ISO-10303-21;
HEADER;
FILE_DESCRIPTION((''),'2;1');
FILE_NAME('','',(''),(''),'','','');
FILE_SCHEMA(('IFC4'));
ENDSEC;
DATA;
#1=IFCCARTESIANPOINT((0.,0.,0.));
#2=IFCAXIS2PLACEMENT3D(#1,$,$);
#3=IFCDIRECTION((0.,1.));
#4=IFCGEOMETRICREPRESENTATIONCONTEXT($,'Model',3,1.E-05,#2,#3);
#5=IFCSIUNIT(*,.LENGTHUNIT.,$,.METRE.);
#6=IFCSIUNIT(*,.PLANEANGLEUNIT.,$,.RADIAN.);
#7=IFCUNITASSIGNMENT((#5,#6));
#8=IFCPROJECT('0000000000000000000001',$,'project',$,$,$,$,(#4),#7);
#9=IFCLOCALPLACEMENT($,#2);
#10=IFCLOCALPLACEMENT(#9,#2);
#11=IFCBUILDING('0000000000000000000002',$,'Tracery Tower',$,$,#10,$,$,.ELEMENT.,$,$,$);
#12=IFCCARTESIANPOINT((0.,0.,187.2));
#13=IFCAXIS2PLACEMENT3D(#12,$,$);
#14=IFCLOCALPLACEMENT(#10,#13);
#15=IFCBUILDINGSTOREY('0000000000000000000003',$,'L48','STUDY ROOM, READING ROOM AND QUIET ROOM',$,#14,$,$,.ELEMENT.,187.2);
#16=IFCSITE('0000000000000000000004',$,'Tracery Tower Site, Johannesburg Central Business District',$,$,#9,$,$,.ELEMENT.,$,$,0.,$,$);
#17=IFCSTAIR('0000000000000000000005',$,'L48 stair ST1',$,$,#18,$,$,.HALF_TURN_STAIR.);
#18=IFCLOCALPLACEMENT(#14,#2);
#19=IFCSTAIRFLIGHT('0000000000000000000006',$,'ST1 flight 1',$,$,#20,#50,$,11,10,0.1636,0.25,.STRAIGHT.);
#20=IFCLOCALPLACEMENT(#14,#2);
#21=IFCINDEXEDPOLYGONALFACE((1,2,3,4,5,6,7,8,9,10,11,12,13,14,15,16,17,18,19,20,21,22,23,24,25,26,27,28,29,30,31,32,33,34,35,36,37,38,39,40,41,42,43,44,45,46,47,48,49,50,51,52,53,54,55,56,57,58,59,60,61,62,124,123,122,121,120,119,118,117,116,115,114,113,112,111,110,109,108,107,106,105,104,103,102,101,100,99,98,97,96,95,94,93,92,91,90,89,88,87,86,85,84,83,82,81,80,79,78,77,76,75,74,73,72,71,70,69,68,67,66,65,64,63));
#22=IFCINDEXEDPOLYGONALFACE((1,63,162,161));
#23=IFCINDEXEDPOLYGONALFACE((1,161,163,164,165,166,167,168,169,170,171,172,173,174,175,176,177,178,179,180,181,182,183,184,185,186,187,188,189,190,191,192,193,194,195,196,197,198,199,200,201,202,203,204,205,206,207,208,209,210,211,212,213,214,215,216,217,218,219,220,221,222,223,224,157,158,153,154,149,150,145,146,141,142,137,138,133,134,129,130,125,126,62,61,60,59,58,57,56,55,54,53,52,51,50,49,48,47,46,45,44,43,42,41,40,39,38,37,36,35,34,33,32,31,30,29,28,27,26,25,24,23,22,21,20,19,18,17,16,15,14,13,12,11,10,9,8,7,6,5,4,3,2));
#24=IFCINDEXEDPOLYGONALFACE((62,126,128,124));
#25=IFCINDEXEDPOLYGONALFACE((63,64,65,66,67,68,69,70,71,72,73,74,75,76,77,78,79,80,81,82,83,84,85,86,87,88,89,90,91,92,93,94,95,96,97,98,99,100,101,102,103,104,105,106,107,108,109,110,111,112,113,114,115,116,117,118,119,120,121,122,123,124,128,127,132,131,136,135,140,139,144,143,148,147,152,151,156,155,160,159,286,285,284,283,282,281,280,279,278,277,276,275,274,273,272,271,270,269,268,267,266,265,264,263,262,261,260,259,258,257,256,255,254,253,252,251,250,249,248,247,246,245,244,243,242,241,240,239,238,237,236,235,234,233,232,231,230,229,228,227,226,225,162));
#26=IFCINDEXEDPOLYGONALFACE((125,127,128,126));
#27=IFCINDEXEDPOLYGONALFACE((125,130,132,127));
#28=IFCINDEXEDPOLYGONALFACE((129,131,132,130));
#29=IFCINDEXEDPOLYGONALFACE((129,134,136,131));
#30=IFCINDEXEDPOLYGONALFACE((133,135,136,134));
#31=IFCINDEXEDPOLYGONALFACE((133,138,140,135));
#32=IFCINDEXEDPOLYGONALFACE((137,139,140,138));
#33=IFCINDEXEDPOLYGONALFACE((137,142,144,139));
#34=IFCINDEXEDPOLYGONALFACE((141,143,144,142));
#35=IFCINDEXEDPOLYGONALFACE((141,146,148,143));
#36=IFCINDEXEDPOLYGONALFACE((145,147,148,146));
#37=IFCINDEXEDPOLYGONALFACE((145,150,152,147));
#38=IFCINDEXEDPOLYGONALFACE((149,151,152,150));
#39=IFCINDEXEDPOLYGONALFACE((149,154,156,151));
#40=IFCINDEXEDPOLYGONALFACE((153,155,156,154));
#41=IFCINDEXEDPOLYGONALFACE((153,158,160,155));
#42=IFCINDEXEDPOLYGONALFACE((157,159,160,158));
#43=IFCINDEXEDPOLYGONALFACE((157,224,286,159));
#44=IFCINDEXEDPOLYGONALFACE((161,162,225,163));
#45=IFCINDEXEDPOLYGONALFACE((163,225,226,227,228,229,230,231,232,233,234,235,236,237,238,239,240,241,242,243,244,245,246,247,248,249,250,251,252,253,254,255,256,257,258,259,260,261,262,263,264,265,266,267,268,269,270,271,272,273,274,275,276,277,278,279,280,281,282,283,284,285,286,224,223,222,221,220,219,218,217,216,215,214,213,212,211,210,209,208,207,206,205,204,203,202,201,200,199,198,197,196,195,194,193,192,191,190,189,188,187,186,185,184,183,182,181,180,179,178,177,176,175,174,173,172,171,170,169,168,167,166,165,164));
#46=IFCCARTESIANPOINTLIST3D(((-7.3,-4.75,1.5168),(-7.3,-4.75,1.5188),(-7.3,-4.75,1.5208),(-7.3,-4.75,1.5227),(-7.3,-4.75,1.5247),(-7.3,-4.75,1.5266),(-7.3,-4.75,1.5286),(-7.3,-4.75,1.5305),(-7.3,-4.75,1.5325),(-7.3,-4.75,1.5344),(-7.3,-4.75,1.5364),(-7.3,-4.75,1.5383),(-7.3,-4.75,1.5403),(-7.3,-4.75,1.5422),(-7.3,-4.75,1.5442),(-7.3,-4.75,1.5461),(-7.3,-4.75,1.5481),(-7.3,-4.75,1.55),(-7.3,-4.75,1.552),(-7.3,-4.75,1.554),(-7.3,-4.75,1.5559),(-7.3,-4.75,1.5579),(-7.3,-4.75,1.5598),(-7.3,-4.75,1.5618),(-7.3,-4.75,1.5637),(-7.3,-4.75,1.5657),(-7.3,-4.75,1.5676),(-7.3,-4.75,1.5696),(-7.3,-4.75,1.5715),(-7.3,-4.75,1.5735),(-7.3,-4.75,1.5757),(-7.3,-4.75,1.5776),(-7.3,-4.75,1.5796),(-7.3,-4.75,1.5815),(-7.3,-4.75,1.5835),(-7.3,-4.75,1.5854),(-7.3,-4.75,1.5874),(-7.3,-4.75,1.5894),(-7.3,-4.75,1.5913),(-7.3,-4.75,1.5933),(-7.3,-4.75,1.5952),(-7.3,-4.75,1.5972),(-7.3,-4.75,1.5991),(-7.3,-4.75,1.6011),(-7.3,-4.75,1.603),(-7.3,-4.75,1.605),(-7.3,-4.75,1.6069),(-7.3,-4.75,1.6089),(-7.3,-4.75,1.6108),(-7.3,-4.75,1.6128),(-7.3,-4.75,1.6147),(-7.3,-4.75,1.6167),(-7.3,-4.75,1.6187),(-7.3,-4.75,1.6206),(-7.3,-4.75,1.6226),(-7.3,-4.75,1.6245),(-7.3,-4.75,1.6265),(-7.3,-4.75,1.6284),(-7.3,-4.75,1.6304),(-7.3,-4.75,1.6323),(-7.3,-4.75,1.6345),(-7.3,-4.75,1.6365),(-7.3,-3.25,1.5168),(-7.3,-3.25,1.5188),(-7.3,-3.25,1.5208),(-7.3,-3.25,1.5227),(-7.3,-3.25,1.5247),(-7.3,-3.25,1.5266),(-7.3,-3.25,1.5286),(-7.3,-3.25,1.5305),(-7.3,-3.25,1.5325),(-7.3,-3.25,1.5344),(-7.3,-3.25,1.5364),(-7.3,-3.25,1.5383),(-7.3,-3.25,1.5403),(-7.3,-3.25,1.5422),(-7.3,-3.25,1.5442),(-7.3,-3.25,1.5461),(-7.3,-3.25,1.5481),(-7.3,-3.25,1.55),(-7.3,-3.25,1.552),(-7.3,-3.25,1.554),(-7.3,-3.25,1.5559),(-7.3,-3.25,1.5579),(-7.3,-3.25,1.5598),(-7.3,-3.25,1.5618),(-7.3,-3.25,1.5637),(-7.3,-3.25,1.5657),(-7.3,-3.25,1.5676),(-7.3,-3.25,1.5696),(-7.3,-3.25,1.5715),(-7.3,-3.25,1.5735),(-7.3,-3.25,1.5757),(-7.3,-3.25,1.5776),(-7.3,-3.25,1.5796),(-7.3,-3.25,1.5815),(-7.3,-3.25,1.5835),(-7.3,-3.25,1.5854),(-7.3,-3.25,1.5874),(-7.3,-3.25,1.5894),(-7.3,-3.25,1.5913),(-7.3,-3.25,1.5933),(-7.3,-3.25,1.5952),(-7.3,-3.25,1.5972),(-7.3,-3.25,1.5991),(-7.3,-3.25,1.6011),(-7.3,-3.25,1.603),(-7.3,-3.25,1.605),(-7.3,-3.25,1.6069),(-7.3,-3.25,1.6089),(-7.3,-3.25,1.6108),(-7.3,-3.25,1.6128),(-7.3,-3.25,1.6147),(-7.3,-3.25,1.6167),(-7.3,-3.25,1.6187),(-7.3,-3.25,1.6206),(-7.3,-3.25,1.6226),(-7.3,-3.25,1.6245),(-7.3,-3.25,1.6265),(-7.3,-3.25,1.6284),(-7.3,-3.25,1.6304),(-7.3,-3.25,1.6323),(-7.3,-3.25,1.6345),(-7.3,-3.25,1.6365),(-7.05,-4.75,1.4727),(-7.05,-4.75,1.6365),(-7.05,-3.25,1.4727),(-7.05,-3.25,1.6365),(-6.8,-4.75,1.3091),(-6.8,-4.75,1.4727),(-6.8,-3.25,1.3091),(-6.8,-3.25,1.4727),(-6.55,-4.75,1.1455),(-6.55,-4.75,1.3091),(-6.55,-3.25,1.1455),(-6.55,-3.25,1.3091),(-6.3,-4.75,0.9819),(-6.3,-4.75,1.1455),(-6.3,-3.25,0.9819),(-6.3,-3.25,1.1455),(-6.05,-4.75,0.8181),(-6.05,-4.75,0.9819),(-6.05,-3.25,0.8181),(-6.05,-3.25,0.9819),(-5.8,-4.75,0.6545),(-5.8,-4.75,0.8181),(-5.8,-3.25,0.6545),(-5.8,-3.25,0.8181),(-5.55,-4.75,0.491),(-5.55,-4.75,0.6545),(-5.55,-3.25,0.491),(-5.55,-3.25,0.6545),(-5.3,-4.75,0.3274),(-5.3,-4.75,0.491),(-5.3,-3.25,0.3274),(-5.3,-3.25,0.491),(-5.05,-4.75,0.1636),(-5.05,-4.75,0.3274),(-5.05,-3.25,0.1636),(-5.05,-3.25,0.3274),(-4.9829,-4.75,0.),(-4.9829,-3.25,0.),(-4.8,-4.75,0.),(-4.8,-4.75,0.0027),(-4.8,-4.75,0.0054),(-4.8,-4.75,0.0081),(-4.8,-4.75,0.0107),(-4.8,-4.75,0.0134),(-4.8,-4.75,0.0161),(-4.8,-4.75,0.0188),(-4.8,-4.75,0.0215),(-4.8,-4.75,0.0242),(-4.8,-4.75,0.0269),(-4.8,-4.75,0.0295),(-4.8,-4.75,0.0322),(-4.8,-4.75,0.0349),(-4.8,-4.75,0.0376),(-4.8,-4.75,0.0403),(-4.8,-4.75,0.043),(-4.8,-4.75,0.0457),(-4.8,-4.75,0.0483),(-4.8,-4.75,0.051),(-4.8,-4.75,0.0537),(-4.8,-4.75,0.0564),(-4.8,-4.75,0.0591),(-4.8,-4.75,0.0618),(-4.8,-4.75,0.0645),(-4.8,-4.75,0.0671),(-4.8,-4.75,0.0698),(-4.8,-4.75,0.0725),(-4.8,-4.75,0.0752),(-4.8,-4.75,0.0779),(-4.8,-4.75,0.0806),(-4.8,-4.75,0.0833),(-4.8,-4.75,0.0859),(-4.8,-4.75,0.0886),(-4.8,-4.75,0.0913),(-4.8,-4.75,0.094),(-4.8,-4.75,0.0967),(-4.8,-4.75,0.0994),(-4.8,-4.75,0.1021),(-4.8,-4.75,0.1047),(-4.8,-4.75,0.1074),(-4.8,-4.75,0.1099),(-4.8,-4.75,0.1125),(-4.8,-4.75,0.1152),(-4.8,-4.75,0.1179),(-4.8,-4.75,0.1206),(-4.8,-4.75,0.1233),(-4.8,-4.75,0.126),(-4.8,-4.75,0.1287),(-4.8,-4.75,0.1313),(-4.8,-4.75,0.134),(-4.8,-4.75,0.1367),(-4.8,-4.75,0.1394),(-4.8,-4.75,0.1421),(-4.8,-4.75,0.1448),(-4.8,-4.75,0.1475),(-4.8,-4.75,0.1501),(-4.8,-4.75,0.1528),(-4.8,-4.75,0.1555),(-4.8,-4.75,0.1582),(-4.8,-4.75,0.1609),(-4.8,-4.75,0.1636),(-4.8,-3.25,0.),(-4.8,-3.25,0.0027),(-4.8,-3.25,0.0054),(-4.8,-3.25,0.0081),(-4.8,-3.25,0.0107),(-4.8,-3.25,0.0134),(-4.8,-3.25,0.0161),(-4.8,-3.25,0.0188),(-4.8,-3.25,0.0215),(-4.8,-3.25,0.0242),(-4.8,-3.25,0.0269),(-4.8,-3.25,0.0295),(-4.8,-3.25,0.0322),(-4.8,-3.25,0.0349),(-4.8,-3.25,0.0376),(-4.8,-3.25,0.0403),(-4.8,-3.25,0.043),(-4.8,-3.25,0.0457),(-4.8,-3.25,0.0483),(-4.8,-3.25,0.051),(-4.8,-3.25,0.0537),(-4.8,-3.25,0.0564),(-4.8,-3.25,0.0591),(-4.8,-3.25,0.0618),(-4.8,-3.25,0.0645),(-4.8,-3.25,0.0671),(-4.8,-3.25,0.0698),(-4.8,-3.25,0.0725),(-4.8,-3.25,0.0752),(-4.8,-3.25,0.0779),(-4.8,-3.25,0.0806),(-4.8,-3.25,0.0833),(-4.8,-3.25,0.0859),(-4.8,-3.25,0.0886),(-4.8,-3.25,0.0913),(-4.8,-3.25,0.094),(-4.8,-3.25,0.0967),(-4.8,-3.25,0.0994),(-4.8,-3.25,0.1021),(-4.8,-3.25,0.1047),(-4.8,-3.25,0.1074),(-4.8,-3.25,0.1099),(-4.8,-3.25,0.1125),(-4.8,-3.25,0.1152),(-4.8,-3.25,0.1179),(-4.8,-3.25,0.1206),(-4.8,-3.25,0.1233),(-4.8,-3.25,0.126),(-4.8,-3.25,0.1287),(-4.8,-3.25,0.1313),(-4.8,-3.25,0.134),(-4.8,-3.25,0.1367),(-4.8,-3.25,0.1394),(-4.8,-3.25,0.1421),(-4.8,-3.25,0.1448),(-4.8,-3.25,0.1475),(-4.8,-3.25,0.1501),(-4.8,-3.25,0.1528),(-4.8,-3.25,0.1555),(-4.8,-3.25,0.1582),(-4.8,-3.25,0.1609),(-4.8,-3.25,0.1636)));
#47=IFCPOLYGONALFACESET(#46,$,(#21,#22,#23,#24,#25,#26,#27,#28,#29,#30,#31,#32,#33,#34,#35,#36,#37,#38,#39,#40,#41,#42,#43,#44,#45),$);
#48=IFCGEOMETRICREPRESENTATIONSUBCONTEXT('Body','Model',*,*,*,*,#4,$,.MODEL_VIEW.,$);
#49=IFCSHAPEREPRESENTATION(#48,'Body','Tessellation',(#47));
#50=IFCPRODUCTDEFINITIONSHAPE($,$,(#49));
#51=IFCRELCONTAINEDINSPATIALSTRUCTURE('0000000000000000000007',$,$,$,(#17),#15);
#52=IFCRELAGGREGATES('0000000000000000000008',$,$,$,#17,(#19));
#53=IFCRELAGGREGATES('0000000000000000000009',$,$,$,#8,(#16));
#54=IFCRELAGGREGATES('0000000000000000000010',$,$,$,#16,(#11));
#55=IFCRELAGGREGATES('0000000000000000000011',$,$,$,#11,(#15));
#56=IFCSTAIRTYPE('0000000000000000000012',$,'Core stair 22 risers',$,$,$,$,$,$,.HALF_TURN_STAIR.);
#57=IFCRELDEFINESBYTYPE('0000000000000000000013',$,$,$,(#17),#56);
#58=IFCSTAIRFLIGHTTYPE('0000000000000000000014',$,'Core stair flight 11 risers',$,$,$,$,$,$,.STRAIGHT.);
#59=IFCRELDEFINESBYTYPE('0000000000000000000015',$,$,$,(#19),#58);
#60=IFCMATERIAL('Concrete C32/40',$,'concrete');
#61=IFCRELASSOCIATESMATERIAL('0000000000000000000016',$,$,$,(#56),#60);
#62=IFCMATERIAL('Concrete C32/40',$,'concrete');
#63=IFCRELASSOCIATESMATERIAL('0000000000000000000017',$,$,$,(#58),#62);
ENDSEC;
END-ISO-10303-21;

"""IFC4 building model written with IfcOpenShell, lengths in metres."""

from ifc_helpers import new_model, si_unit, direction, frame, origin, place, context, subcontext, project, spatial, polyline, outline, extrude, material, type_object, element, aggregate, save


model = new_model("IFC4")

# Units and contexts
model_context = context("Model", 3, precision=1e-05, world=origin(), true_north=direction((0.0, 1.0)))
body_context = subcontext(model_context, "Body", "Model", "MODEL_VIEW")
ifc_project = project(units=[si_unit("LENGTHUNIT", "METRE"), si_unit("PLANEANGLEUNIT", "RADIAN")], contexts=[model_context])

# Site, building, storey
site_placement = place(None, origin())
site = spatial("IfcSite", under=ifc_project, at=site_placement, Name="Tracery Tower Site, Johannesburg Central Business District", CompositionType="ELEMENT", RefElevation=0.0)
building_placement = place(site_placement, origin())
building = spatial("IfcBuilding", under=site, at=building_placement, Name="Tracery Tower", CompositionType="ELEMENT")
storey_placement = place(building_placement, frame((0.0, 0.0, 187.2)))
storey = spatial("IfcBuildingStorey", under=building, at=storey_placement, Name="L48", Description="STUDY ROOM, READING ROOM AND QUIET ROOM", CompositionType="ELEMENT", Elevation=187.2)

# Stair, stair flight
ifc_material_1 = material(Name="Concrete C32/40", Category="concrete")
stair_type = type_object("IfcStairType", Name="Core stair 22 risers", PredefinedType="HALF_TURN_STAIR", material=ifc_material_1)
stair_placement = place(storey_placement, origin())
stair = element("IfcStair", 1, at=stair_placement, inside=storey, type_object=stair_type, Name="L48 stair ST1", PredefinedType="HALF_TURN_STAIR")
ifc_material_2 = material(Name="Concrete C32/40", Category="concrete")
stair_flight_type = type_object("IfcStairFlightType", Name="Core stair flight 11 risers", PredefinedType="STRAIGHT", material=ifc_material_2)
stair_flight_1_placement = place(storey_placement, frame((-4.8, -4.0, 0.0), z_axis=(0.0, 0.0, 1.0), x_axis=(-1.0, 0.0, 0.0)))
stair_flight_1 = element("IfcStairFlight", 2, at=stair_flight_1_placement, type_object=stair_flight_type, Name="ST1 flight 1", NumberOfRisers=11, NumberOfTreads=10, PredefinedType="STRAIGHT", RiserHeight=0.1636, TreadLength=0.25, context=body_context, shape_type="SweptSolid", body=[
    extrude(outline(polyline([(0.0, 0.0), (0.0, 0.0027), (0.0, 0.0054), (0.0, 0.0081), (0.0, 0.0107), (0.0, 0.0134), (0.0, 0.0161), (0.0, 0.0188), (0.0, 0.0215), (0.0, 0.0242), (0.0, 0.0269), (0.0, 0.0295), (0.0, 0.0322), (0.0, 0.0349), (0.0, 0.0376), (0.0, 0.0403), (0.0, 0.043), (0.0, 0.0457), (0.0, 0.0483), (0.0, 0.051), (0.0, 0.0537), (0.0, 0.0564), (0.0, 0.0591), (0.0, 0.0618), (0.0, 0.0645), (0.0, 0.0671), (0.0, 0.0698), (0.0, 0.0725), (0.0, 0.0752), (0.0, 0.0779), (0.0, 0.0806), (0.0, 0.0833), (0.0, 0.0859), (0.0, 0.0886), (0.0, 0.0913), (0.0, 0.094), (0.0, 0.0967), (0.0, 0.0994), (0.0, 0.1021), (0.0, 0.1047), (0.0, 0.1074), (0.0, 0.1099), (0.0, 0.1125), (0.0, 0.1152), (0.0, 0.1179), (0.0, 0.1206), (0.0, 0.1233), (0.0, 0.126), (0.0, 0.1287), (0.0, 0.1313), (0.0, 0.134), (0.0, 0.1367), (0.0, 0.1394), (0.0, 0.1421), (0.0, 0.1448), (0.0, 0.1475), (0.0, 0.1501), (0.0, 0.1528), (0.0, 0.1555), (0.0, 0.1582), (0.0, 0.1609), (0.0, 0.1636), (0.25, 0.1636), (0.25, 0.3274), (0.5, 0.3274), (0.5, 0.491), (0.75, 0.491), (0.75, 0.6545), (1.0, 0.6545), (1.0, 0.8181), (1.25, 0.8181), (1.25, 0.9819), (1.5, 0.9819), (1.5, 1.1455), (1.75, 1.1455), (1.75, 1.3091), (2.0, 1.3091), (2.0, 1.4727), (2.25, 1.4727), (2.25, 1.6365), (2.5, 1.6365), (2.5, 1.6345), (2.5, 1.6323), (2.5, 1.6304), (2.5, 1.6284), (2.5, 1.6265), (2.5, 1.6245), (2.5, 1.6226), (2.5, 1.6206), (2.5, 1.6187), (2.5, 1.6167), (2.5, 1.6147), (2.5, 1.6128), (2.5, 1.6108), (2.5, 1.6089), (2.5, 1.6069), (2.5, 1.605), (2.5, 1.603), (2.5, 1.6011), (2.5, 1.5991), (2.5, 1.5972), (2.5, 1.5952), (2.5, 1.5933), (2.5, 1.5913), (2.5, 1.5894), (2.5, 1.5874), (2.5, 1.5854), (2.5, 1.5835), (2.5, 1.5815), (2.5, 1.5796), (2.5, 1.5776), (2.5, 1.5757), (2.5, 1.5735), (2.5, 1.5715), (2.5, 1.5696), (2.5, 1.5676), (2.5, 1.5657), (2.5, 1.5637), (2.5, 1.5618), (2.5, 1.5598), (2.5, 1.5579), (2.5, 1.5559), (2.5, 1.554), (2.5, 1.552), (2.5, 1.55), (2.5, 1.5481), (2.5, 1.5461), (2.5, 1.5442), (2.5, 1.5422), (2.5, 1.5403), (2.5, 1.5383), (2.5, 1.5364), (2.5, 1.5344), (2.5, 1.5325), (2.5, 1.5305), (2.5, 1.5286), (2.5, 1.5266), (2.5, 1.5247), (2.5, 1.5227), (2.5, 1.5208), (2.5, 1.5188), (2.5, 1.5168), (0.1829, 0.0), (0.0, 0.0)])), frame((0.0, 0.75, 0.0), z_axis=(0.0, -1.0, 0.0), x_axis=(1.0, 0.0, 0.0)), (0.0, 0.0, 1.0), 1.5),
])
aggregate(stair, [stair_flight_1])

save(model, "model.ifc")
